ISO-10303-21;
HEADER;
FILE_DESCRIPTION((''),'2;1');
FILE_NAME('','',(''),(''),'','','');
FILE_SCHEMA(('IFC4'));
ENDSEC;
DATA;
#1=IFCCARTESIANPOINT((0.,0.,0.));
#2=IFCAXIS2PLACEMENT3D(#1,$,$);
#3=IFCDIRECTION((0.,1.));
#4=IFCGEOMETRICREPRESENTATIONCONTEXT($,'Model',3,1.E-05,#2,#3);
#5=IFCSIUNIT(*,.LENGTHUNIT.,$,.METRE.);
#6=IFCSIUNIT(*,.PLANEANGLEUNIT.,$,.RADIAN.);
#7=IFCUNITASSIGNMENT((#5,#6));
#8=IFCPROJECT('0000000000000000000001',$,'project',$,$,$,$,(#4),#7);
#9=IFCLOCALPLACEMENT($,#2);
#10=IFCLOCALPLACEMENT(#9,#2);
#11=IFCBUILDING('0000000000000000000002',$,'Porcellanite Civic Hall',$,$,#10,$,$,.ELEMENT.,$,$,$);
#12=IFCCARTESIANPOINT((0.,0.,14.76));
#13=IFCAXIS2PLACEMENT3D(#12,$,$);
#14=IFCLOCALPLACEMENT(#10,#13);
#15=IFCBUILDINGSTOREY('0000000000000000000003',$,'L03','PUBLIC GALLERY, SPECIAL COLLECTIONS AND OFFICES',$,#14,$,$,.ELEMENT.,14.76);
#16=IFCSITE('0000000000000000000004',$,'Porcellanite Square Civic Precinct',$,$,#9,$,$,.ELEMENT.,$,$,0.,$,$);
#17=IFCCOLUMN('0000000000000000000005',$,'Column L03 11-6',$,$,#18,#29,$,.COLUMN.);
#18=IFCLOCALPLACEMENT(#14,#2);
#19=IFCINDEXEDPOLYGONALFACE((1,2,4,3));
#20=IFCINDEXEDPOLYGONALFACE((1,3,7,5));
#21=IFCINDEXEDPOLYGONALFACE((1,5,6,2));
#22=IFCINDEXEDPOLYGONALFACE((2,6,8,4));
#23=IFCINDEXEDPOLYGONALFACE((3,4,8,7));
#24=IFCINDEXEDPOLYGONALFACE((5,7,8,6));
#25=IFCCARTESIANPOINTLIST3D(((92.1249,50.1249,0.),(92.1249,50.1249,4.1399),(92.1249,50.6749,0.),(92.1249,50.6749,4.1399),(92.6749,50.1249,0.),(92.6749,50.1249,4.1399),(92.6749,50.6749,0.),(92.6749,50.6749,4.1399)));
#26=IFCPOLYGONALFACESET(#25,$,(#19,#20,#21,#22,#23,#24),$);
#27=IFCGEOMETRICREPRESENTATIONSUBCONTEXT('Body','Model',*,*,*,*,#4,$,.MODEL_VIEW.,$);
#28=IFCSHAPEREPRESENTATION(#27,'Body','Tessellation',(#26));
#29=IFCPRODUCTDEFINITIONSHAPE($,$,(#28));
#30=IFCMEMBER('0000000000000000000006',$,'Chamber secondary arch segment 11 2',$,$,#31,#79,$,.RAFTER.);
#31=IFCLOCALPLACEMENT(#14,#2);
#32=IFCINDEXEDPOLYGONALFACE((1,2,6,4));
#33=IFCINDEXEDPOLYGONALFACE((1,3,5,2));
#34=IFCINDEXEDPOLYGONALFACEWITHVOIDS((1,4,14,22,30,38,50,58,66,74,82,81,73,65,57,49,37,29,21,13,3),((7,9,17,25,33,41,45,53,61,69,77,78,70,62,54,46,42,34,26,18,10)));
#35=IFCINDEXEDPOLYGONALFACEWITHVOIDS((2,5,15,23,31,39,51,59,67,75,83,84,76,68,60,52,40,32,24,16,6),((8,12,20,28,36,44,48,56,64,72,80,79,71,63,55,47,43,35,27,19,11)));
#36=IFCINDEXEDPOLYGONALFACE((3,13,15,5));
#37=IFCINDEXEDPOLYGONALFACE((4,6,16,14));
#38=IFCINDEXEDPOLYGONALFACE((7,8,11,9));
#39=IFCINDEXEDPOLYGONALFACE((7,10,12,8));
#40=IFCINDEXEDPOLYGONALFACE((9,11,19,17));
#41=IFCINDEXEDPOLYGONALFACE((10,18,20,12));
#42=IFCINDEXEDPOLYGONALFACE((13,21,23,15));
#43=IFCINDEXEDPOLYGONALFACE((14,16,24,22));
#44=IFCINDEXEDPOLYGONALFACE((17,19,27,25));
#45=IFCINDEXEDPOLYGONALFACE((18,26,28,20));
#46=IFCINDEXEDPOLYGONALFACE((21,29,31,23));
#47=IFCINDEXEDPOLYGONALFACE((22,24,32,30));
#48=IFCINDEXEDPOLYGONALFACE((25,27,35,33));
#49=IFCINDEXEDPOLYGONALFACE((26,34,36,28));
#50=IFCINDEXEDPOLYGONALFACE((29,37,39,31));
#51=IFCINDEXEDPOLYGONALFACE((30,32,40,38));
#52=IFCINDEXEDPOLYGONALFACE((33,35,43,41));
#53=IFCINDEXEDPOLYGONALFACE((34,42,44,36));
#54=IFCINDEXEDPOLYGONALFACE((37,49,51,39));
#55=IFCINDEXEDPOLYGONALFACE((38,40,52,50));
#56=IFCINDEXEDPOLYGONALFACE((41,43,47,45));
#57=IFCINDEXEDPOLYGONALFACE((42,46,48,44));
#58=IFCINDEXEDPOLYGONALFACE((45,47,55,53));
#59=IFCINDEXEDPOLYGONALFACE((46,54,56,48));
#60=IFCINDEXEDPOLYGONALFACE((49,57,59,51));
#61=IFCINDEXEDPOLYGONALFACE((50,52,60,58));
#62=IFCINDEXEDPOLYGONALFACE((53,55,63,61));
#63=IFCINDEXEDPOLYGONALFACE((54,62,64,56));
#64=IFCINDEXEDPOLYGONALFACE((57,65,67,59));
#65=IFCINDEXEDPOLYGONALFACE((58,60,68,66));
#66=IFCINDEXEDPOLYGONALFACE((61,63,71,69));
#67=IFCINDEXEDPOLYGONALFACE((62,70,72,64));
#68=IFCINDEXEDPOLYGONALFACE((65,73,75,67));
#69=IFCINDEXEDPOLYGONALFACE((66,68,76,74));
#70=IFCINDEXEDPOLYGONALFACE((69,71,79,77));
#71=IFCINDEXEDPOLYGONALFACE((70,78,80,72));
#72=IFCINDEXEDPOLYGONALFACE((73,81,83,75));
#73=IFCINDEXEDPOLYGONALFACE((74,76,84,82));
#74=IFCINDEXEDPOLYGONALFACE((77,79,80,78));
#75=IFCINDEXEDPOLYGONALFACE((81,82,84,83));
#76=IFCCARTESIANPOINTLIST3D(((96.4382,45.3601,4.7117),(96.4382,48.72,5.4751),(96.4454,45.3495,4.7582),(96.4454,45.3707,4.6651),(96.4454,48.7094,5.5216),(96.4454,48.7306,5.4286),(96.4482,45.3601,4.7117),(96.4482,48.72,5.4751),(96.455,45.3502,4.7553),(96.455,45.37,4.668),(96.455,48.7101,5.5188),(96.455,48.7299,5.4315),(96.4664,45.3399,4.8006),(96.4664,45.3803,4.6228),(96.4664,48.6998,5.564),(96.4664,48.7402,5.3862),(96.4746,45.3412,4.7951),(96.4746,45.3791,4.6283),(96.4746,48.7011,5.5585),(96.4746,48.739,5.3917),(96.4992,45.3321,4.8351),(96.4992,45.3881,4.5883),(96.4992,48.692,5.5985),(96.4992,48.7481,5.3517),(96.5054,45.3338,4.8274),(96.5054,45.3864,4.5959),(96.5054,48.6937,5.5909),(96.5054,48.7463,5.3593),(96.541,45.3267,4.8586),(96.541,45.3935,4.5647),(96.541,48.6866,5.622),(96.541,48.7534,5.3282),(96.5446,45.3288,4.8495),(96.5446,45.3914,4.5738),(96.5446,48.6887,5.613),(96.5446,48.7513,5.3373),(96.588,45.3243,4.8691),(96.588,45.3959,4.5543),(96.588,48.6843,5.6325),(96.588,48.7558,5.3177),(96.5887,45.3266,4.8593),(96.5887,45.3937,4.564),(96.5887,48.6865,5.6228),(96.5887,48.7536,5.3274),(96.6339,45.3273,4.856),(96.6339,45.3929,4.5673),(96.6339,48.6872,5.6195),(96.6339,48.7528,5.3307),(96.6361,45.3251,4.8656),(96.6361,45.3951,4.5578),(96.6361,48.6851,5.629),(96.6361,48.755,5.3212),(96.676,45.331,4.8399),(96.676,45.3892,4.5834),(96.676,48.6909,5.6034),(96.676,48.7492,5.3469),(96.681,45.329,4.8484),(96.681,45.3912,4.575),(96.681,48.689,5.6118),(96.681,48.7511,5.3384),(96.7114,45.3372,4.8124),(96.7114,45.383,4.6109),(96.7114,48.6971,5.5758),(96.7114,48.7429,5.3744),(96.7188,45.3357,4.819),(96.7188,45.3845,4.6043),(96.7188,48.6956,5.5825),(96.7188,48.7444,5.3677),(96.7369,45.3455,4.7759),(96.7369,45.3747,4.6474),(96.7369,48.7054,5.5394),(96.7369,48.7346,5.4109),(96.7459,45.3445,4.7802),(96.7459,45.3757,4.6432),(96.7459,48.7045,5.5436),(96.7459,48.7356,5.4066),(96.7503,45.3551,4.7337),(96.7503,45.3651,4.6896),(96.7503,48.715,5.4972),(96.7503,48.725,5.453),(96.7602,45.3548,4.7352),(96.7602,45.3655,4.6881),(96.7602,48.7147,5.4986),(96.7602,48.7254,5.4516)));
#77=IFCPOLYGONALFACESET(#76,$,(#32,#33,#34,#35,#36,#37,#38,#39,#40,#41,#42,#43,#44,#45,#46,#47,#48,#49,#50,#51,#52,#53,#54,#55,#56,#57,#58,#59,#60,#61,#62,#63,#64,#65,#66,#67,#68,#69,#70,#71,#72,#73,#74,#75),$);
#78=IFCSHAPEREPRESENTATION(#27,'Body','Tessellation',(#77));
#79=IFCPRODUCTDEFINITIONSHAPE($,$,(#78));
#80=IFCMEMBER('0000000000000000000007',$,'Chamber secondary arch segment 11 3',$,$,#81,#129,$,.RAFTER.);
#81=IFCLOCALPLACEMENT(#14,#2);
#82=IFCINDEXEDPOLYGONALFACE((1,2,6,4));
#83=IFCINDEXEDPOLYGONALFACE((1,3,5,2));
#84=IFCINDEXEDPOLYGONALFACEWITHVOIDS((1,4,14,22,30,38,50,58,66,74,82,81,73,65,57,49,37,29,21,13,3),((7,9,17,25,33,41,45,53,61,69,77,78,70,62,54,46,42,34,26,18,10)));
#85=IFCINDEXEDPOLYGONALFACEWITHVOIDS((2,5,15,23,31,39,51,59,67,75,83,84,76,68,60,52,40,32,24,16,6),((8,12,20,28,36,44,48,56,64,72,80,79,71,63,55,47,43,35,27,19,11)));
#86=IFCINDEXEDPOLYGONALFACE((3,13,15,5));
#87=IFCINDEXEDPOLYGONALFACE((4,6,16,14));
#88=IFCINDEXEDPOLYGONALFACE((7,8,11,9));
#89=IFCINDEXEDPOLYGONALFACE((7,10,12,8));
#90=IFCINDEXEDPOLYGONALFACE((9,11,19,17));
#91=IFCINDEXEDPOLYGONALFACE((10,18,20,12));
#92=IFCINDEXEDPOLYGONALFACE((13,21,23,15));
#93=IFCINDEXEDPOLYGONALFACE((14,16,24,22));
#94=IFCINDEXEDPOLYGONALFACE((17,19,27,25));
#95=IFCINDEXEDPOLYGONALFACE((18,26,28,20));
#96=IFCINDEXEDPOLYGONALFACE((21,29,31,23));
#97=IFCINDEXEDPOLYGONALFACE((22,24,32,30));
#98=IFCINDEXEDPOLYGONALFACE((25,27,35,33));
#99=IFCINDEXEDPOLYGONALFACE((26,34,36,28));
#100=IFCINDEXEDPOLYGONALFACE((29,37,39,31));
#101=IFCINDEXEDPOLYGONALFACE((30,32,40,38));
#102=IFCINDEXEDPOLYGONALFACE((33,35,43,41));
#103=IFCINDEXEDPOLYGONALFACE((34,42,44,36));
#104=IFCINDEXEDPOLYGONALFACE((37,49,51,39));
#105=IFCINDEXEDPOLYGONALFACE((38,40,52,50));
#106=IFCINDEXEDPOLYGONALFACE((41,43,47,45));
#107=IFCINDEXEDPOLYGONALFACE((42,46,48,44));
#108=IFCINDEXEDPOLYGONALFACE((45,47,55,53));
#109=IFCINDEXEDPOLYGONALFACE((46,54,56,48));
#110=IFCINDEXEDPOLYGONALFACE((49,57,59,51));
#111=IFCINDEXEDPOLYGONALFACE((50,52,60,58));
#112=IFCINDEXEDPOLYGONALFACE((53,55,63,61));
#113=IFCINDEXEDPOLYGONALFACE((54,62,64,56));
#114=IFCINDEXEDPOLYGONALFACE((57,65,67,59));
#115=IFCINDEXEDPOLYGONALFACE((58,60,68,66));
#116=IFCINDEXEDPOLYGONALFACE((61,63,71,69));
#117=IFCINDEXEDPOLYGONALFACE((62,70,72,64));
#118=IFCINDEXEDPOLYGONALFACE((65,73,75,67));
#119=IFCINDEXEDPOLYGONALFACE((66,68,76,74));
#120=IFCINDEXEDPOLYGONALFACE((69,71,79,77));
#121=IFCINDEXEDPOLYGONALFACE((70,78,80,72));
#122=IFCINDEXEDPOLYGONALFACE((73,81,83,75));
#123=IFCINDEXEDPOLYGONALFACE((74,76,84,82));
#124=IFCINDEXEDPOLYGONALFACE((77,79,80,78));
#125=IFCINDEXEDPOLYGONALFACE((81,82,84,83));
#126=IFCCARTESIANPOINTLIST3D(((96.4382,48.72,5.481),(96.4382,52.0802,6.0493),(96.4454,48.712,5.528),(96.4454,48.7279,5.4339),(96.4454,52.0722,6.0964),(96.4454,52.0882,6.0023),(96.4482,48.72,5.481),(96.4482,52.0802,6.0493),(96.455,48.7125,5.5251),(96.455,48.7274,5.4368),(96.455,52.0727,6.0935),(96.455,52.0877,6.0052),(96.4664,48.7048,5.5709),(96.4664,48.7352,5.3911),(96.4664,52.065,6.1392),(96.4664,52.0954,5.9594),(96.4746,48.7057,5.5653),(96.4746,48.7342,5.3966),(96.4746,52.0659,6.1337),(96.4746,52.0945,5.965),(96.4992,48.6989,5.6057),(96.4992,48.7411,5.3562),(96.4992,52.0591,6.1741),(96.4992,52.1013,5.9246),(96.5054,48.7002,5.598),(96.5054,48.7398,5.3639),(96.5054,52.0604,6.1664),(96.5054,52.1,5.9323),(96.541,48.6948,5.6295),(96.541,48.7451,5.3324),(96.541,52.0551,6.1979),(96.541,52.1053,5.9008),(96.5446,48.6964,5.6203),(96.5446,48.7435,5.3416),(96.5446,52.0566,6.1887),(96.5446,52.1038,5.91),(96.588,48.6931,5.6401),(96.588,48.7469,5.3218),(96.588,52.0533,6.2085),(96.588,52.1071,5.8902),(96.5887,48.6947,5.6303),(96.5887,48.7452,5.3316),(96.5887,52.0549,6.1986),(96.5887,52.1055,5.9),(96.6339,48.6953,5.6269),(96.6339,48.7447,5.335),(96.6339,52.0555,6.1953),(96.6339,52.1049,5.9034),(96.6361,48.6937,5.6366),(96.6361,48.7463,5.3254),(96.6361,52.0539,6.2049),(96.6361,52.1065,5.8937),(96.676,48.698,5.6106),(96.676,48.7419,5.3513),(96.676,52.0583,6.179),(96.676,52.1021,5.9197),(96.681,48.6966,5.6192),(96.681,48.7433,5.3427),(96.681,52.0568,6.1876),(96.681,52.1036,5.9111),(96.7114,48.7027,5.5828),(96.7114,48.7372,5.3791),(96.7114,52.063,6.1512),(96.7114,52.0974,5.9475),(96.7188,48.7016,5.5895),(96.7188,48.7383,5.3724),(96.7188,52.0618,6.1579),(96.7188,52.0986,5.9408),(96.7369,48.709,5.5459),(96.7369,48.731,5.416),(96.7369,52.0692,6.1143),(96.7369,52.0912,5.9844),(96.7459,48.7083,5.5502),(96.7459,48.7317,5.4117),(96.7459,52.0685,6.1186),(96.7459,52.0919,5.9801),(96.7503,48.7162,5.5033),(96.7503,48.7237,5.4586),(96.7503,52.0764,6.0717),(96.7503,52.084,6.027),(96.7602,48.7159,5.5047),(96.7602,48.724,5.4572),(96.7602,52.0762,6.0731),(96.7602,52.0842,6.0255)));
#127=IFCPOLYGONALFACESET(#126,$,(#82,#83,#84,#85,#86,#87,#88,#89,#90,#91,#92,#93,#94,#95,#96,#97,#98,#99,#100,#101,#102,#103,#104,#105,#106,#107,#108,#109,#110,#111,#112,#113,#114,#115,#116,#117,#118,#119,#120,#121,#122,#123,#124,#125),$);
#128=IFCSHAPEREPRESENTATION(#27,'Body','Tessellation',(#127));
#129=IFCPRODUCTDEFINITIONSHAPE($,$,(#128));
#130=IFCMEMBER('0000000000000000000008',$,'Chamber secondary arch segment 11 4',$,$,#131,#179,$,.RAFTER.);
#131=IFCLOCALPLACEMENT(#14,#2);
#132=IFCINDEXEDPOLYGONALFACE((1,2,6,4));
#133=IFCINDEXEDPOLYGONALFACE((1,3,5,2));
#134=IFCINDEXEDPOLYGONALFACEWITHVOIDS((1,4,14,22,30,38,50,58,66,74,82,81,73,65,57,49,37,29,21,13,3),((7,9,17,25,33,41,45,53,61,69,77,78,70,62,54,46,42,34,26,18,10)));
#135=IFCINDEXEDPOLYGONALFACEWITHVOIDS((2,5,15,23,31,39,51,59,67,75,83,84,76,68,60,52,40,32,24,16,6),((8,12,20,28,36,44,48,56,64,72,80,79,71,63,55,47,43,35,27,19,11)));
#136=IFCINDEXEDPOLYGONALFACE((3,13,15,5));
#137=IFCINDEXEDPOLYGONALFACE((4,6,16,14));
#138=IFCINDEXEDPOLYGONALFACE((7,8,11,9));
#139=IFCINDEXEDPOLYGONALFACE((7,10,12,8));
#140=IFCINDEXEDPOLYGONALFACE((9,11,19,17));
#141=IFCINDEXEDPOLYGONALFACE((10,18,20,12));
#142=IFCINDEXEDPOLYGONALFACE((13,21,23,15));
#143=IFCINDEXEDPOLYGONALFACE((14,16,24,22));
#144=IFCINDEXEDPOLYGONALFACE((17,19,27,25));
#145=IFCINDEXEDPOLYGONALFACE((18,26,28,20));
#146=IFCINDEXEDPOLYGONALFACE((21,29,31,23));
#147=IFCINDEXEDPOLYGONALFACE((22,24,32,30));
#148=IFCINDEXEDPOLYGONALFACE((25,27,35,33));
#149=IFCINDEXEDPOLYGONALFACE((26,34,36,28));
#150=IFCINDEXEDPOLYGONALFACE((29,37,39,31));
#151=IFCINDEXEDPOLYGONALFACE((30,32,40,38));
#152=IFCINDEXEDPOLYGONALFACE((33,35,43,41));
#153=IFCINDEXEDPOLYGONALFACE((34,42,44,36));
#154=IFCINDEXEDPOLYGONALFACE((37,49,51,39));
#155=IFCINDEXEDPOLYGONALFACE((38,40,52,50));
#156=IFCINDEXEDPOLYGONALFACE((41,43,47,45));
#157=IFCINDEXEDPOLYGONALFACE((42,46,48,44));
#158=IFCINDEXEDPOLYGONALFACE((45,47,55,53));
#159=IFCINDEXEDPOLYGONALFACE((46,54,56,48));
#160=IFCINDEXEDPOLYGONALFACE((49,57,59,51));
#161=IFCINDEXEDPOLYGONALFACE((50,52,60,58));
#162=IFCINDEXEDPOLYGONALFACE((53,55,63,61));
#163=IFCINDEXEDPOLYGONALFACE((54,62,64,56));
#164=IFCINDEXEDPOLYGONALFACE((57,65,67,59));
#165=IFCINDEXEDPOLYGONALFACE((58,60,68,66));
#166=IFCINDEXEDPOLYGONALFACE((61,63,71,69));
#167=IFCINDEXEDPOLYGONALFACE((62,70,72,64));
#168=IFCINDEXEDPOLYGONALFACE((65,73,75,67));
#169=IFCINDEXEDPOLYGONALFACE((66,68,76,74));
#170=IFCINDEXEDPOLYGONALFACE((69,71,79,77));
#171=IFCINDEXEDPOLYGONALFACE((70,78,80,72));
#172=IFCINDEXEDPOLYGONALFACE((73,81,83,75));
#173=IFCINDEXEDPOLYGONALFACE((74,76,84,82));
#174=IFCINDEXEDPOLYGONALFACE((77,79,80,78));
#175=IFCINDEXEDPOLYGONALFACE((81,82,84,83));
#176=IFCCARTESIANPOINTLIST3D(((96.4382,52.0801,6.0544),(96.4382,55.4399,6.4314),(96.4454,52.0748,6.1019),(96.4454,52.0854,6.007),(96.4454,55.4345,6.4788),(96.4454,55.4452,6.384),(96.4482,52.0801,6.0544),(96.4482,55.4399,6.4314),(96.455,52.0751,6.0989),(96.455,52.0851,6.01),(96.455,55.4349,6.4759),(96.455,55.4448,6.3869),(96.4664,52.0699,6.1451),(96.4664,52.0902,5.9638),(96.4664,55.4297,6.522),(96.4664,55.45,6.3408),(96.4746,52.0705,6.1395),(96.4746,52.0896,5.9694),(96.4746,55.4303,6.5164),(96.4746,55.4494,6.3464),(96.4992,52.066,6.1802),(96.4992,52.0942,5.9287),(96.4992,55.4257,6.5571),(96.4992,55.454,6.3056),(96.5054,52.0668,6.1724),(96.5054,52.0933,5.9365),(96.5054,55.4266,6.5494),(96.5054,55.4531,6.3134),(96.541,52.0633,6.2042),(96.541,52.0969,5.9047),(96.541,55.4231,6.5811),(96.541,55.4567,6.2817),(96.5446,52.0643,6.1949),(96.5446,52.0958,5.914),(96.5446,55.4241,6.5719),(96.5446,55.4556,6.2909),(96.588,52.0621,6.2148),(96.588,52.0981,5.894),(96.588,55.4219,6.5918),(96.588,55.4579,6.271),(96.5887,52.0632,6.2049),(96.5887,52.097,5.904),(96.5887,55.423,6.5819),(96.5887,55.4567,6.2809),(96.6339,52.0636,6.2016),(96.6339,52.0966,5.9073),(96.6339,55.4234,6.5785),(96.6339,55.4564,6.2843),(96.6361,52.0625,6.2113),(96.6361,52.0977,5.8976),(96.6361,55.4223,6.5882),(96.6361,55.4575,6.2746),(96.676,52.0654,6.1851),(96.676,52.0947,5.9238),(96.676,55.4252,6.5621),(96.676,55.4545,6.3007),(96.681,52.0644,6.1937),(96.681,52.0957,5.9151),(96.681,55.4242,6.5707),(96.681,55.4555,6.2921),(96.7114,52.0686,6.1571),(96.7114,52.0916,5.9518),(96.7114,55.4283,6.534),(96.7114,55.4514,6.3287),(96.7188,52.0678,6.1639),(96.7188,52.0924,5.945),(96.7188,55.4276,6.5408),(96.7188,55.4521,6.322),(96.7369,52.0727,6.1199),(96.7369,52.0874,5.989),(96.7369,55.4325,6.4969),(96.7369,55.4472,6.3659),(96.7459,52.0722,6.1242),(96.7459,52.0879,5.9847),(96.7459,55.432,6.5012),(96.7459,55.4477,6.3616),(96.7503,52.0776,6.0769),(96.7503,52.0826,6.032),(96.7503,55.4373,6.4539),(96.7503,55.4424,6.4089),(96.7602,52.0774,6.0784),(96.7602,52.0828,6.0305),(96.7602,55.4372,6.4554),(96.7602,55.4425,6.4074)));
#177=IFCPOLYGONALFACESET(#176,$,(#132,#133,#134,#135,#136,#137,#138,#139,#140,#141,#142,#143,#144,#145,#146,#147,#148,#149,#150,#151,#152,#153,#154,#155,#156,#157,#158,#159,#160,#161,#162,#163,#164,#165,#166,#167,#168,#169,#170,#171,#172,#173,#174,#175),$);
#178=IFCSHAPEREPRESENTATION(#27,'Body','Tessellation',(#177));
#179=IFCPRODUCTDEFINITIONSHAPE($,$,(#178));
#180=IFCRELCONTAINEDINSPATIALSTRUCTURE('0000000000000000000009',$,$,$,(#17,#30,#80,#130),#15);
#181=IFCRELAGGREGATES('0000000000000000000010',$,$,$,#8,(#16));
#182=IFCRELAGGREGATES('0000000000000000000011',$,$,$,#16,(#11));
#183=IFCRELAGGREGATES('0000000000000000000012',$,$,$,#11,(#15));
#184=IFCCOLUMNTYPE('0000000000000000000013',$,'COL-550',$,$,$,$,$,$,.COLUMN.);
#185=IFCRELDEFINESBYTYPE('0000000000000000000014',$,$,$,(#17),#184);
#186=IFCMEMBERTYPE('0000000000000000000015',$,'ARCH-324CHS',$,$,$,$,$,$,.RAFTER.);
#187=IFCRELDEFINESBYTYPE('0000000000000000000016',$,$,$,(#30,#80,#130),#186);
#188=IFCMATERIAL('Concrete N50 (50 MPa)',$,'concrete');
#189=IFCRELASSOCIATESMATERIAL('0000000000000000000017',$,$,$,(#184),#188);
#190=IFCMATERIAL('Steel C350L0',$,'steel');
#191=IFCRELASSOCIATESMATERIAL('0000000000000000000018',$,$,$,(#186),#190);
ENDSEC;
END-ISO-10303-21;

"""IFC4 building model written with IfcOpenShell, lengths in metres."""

from ifc_helpers import new_model, si_unit, direction, frame, origin, origin_2d, place, context, subcontext, project, spatial, rectangle, hollow_circle, extrude, material, material_profile, profile_set, type_object, element, save


model = new_model("IFC4")

# Units and contexts
model_context = context("Model", 3, precision=1e-05, world=origin(), true_north=direction((0.0, 1.0)))
body_context = subcontext(model_context, "Body", "Model", "MODEL_VIEW")
ifc_project = project(units=[si_unit("LENGTHUNIT", "METRE"), si_unit("PLANEANGLEUNIT", "RADIAN")], contexts=[model_context])

# Site, building, storey
site_placement = place(None, origin())
site = spatial("IfcSite", under=ifc_project, at=site_placement, Name="Porcellanite Square Civic Precinct", CompositionType="ELEMENT", RefElevation=0.0)
building_placement = place(site_placement, origin())
building = spatial("IfcBuilding", under=site, at=building_placement, Name="Porcellanite Civic Hall", CompositionType="ELEMENT")
storey_placement = place(building_placement, frame((0.0, 0.0, 14.76)))
storey = spatial("IfcBuildingStorey", under=building, at=storey_placement, Name="L03", Description="PUBLIC GALLERY, SPECIAL COLLECTIONS AND OFFICES", CompositionType="ELEMENT", Elevation=14.76)

# Column
ifc_material_1 = material(Name="Concrete N50 (50 MPa)", Category="concrete")
ifc_material_profile_1 = material_profile(ifc_material_1, rectangle(XDim=0.55, YDim=0.55, at=origin_2d()), Name="RC-550x550")
ifc_profile_set_1 = profile_set([ifc_material_profile_1], Name="Concrete N50 (50 MPa)")
column_type = type_object("IfcColumnType", Name="COL-550", PredefinedType="COLUMN", material=ifc_profile_set_1)
column_placement = place(storey_placement, frame((92.3999, 50.3999, 0.0), z_axis=(0.0, 0.0, 1.0), x_axis=(1.0, 0.0, 0.0)))
element("IfcColumn", 1, at=column_placement, inside=storey, type_object=column_type, Name="Column L03 11-6", PredefinedType="COLUMN", context=body_context, shape_type="SweptSolid", body=[
    extrude(rectangle(XDim=0.55, YDim=0.55, at=origin_2d()), origin(), (0.0, 0.0, 1.0), 4.1399),
])

# Members
ifc_material_2 = material(Name="Steel C350L0", Category="steel")
ifc_material_profile_2 = material_profile(ifc_material_2, hollow_circle(Radius=0.1619, WallThickness=0.01, at=origin_2d()), Name="323.9x10.0CHS")
ifc_profile_set_2 = profile_set([ifc_material_profile_2], Name="Steel C350L0")
member_type_1 = type_object("IfcMemberType", Name="ARCH-324CHS", PredefinedType="RAFTER", material=ifc_profile_set_2)
member_1_placement = place(storey_placement, frame((96.6001, 45.3601, 4.7117), z_axis=(0.0, 0.975144, 0.221572), x_axis=(-1.0, 0.0, 0.0)))
element("IfcMember", 2, at=member_1_placement, inside=storey, type_object=member_type_1, Name="Chamber secondary arch segment 11 2", PredefinedType="RAFTER", context=body_context, shape_type="SweptSolid", body=[
    extrude(hollow_circle(Radius=0.1619, WallThickness=0.01, at=origin_2d()), origin(), (0.0, 0.0, 1.0), 3.4456),
])
member_2_placement = place(storey_placement, frame((96.6001, 48.72, 5.481), z_axis=(0.0, 0.985994, 0.16678), x_axis=(-1.0, 0.0, 0.0)))
element("IfcMember", 3, at=member_2_placement, inside=storey, type_object=member_type_1, Name="Chamber secondary arch segment 11 3", PredefinedType="RAFTER", context=body_context, shape_type="SweptSolid", body=[
    extrude(hollow_circle(Radius=0.1619, WallThickness=0.01, at=origin_2d()), origin(), (0.0, 0.0, 1.0), 3.408),
])
member_3_placement = place(storey_placement, frame((96.6001, 52.0801, 6.0544), z_axis=(0.0, 0.993765, 0.111493), x_axis=(-1.0, 0.0, 0.0)))
element("IfcMember", 4, at=member_3_placement, inside=storey, type_object=member_type_1, Name="Chamber secondary arch segment 11 4", PredefinedType="RAFTER", context=body_context, shape_type="SweptSolid", body=[
    extrude(hollow_circle(Radius=0.1619, WallThickness=0.01, at=origin_2d()), origin(), (0.0, 0.0, 1.0), 3.3809),
])

save(model, "model.ifc")
